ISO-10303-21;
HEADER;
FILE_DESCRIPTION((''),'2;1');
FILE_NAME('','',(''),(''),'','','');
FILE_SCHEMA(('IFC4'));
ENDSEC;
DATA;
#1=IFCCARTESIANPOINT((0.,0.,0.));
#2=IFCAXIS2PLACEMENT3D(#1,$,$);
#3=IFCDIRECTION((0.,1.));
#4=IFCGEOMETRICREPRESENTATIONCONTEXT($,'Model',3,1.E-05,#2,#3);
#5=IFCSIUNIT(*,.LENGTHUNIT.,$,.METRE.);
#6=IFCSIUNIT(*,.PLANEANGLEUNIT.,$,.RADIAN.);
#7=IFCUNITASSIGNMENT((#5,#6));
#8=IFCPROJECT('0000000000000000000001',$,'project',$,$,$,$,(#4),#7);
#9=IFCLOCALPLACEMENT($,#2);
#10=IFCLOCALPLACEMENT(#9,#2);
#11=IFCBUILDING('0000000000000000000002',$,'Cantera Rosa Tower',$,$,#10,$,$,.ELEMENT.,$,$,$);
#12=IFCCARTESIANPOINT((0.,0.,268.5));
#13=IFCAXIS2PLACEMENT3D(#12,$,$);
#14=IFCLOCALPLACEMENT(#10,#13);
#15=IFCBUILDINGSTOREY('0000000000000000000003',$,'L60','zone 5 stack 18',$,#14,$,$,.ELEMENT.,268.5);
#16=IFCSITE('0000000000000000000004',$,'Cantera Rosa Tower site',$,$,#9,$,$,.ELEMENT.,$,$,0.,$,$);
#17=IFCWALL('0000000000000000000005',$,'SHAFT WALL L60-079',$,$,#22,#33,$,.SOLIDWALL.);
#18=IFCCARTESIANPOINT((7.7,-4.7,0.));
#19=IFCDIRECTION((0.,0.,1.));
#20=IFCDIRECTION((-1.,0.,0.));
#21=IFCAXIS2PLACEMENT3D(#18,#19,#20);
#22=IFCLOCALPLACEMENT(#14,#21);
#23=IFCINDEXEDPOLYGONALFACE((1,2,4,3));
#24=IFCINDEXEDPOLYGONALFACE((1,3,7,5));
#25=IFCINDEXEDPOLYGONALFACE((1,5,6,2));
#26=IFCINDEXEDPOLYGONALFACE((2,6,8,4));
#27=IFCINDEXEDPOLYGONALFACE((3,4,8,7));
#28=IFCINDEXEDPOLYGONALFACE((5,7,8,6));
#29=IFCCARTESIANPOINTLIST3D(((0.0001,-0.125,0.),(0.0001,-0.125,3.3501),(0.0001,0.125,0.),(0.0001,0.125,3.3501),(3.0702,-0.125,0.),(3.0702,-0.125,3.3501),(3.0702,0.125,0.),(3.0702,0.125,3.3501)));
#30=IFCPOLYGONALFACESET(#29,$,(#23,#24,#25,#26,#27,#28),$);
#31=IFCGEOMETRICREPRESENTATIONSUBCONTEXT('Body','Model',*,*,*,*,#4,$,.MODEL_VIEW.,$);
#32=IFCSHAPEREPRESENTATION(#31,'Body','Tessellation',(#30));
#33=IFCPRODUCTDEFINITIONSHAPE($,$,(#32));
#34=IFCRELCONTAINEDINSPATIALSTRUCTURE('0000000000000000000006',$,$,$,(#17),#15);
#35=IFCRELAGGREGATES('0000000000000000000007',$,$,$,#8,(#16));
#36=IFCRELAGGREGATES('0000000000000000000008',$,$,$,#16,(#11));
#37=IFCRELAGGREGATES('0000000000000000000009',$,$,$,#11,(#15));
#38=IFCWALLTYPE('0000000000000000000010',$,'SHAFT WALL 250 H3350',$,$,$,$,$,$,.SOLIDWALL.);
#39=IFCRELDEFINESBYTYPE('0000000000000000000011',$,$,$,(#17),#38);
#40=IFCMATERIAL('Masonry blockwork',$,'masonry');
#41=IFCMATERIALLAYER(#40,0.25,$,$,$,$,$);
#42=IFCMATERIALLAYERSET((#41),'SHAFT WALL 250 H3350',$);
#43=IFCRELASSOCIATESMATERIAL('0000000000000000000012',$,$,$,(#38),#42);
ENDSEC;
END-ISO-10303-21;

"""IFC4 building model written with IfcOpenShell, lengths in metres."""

from ifc_helpers import new_model, si_unit, direction, frame, frame_2d, origin, place, context, subcontext, project, spatial, rectangle, extrude, material, layer, layer_set, type_object, element, save


model = new_model("IFC4")

# Units and contexts
model_context = context("Model", 3, precision=1e-05, world=origin(), true_north=direction((0.0, 1.0)))
body_context = subcontext(model_context, "Body", "Model", "MODEL_VIEW")
ifc_project = project(units=[si_unit("LENGTHUNIT", "METRE"), si_unit("PLANEANGLEUNIT", "RADIAN")], contexts=[model_context])

# Site, building, storey
site_placement = place(None, origin())
site = spatial("IfcSite", under=ifc_project, at=site_placement, Name="Cantera Rosa Tower site", CompositionType="ELEMENT", RefElevation=0.0)
building_placement = place(site_placement, origin())
building = spatial("IfcBuilding", under=site, at=building_placement, Name="Cantera Rosa Tower", CompositionType="ELEMENT")
storey_placement = place(building_placement, frame((0.0, 0.0, 268.5)))
storey = spatial("IfcBuildingStorey", under=building, at=storey_placement, Name="L60", Description="zone 5 stack 18", CompositionType="ELEMENT", Elevation=268.5)

# Wall
ifc_material_1 = material(Name="Masonry blockwork", Category="masonry")
ifc_layer_1 = layer(ifc_material_1, 0.25)
ifc_layer_set_1 = layer_set([ifc_layer_1], Name="SHAFT WALL 250 H3350")
wall_type_1 = type_object("IfcWallType", Name="SHAFT WALL 250 H3350", PredefinedType="SOLIDWALL", material=ifc_layer_set_1)
wall_1_placement = place(storey_placement, frame((7.7, -4.7, 0.0), z_axis=(0.0, 0.0, 1.0), x_axis=(-1.0, 0.0, 0.0)))
element("IfcWall", 1, at=wall_1_placement, inside=storey, type_object=wall_type_1, Name="SHAFT WALL L60-079", PredefinedType="SOLIDWALL", context=body_context, shape_type="SweptSolid", body=[
    extrude(rectangle(XDim=3.0701, YDim=0.25, at=frame_2d((1.5352, 0.0))), origin(), (0.0, 0.0, 1.0), 3.3501),
])

save(model, "model.ifc")
